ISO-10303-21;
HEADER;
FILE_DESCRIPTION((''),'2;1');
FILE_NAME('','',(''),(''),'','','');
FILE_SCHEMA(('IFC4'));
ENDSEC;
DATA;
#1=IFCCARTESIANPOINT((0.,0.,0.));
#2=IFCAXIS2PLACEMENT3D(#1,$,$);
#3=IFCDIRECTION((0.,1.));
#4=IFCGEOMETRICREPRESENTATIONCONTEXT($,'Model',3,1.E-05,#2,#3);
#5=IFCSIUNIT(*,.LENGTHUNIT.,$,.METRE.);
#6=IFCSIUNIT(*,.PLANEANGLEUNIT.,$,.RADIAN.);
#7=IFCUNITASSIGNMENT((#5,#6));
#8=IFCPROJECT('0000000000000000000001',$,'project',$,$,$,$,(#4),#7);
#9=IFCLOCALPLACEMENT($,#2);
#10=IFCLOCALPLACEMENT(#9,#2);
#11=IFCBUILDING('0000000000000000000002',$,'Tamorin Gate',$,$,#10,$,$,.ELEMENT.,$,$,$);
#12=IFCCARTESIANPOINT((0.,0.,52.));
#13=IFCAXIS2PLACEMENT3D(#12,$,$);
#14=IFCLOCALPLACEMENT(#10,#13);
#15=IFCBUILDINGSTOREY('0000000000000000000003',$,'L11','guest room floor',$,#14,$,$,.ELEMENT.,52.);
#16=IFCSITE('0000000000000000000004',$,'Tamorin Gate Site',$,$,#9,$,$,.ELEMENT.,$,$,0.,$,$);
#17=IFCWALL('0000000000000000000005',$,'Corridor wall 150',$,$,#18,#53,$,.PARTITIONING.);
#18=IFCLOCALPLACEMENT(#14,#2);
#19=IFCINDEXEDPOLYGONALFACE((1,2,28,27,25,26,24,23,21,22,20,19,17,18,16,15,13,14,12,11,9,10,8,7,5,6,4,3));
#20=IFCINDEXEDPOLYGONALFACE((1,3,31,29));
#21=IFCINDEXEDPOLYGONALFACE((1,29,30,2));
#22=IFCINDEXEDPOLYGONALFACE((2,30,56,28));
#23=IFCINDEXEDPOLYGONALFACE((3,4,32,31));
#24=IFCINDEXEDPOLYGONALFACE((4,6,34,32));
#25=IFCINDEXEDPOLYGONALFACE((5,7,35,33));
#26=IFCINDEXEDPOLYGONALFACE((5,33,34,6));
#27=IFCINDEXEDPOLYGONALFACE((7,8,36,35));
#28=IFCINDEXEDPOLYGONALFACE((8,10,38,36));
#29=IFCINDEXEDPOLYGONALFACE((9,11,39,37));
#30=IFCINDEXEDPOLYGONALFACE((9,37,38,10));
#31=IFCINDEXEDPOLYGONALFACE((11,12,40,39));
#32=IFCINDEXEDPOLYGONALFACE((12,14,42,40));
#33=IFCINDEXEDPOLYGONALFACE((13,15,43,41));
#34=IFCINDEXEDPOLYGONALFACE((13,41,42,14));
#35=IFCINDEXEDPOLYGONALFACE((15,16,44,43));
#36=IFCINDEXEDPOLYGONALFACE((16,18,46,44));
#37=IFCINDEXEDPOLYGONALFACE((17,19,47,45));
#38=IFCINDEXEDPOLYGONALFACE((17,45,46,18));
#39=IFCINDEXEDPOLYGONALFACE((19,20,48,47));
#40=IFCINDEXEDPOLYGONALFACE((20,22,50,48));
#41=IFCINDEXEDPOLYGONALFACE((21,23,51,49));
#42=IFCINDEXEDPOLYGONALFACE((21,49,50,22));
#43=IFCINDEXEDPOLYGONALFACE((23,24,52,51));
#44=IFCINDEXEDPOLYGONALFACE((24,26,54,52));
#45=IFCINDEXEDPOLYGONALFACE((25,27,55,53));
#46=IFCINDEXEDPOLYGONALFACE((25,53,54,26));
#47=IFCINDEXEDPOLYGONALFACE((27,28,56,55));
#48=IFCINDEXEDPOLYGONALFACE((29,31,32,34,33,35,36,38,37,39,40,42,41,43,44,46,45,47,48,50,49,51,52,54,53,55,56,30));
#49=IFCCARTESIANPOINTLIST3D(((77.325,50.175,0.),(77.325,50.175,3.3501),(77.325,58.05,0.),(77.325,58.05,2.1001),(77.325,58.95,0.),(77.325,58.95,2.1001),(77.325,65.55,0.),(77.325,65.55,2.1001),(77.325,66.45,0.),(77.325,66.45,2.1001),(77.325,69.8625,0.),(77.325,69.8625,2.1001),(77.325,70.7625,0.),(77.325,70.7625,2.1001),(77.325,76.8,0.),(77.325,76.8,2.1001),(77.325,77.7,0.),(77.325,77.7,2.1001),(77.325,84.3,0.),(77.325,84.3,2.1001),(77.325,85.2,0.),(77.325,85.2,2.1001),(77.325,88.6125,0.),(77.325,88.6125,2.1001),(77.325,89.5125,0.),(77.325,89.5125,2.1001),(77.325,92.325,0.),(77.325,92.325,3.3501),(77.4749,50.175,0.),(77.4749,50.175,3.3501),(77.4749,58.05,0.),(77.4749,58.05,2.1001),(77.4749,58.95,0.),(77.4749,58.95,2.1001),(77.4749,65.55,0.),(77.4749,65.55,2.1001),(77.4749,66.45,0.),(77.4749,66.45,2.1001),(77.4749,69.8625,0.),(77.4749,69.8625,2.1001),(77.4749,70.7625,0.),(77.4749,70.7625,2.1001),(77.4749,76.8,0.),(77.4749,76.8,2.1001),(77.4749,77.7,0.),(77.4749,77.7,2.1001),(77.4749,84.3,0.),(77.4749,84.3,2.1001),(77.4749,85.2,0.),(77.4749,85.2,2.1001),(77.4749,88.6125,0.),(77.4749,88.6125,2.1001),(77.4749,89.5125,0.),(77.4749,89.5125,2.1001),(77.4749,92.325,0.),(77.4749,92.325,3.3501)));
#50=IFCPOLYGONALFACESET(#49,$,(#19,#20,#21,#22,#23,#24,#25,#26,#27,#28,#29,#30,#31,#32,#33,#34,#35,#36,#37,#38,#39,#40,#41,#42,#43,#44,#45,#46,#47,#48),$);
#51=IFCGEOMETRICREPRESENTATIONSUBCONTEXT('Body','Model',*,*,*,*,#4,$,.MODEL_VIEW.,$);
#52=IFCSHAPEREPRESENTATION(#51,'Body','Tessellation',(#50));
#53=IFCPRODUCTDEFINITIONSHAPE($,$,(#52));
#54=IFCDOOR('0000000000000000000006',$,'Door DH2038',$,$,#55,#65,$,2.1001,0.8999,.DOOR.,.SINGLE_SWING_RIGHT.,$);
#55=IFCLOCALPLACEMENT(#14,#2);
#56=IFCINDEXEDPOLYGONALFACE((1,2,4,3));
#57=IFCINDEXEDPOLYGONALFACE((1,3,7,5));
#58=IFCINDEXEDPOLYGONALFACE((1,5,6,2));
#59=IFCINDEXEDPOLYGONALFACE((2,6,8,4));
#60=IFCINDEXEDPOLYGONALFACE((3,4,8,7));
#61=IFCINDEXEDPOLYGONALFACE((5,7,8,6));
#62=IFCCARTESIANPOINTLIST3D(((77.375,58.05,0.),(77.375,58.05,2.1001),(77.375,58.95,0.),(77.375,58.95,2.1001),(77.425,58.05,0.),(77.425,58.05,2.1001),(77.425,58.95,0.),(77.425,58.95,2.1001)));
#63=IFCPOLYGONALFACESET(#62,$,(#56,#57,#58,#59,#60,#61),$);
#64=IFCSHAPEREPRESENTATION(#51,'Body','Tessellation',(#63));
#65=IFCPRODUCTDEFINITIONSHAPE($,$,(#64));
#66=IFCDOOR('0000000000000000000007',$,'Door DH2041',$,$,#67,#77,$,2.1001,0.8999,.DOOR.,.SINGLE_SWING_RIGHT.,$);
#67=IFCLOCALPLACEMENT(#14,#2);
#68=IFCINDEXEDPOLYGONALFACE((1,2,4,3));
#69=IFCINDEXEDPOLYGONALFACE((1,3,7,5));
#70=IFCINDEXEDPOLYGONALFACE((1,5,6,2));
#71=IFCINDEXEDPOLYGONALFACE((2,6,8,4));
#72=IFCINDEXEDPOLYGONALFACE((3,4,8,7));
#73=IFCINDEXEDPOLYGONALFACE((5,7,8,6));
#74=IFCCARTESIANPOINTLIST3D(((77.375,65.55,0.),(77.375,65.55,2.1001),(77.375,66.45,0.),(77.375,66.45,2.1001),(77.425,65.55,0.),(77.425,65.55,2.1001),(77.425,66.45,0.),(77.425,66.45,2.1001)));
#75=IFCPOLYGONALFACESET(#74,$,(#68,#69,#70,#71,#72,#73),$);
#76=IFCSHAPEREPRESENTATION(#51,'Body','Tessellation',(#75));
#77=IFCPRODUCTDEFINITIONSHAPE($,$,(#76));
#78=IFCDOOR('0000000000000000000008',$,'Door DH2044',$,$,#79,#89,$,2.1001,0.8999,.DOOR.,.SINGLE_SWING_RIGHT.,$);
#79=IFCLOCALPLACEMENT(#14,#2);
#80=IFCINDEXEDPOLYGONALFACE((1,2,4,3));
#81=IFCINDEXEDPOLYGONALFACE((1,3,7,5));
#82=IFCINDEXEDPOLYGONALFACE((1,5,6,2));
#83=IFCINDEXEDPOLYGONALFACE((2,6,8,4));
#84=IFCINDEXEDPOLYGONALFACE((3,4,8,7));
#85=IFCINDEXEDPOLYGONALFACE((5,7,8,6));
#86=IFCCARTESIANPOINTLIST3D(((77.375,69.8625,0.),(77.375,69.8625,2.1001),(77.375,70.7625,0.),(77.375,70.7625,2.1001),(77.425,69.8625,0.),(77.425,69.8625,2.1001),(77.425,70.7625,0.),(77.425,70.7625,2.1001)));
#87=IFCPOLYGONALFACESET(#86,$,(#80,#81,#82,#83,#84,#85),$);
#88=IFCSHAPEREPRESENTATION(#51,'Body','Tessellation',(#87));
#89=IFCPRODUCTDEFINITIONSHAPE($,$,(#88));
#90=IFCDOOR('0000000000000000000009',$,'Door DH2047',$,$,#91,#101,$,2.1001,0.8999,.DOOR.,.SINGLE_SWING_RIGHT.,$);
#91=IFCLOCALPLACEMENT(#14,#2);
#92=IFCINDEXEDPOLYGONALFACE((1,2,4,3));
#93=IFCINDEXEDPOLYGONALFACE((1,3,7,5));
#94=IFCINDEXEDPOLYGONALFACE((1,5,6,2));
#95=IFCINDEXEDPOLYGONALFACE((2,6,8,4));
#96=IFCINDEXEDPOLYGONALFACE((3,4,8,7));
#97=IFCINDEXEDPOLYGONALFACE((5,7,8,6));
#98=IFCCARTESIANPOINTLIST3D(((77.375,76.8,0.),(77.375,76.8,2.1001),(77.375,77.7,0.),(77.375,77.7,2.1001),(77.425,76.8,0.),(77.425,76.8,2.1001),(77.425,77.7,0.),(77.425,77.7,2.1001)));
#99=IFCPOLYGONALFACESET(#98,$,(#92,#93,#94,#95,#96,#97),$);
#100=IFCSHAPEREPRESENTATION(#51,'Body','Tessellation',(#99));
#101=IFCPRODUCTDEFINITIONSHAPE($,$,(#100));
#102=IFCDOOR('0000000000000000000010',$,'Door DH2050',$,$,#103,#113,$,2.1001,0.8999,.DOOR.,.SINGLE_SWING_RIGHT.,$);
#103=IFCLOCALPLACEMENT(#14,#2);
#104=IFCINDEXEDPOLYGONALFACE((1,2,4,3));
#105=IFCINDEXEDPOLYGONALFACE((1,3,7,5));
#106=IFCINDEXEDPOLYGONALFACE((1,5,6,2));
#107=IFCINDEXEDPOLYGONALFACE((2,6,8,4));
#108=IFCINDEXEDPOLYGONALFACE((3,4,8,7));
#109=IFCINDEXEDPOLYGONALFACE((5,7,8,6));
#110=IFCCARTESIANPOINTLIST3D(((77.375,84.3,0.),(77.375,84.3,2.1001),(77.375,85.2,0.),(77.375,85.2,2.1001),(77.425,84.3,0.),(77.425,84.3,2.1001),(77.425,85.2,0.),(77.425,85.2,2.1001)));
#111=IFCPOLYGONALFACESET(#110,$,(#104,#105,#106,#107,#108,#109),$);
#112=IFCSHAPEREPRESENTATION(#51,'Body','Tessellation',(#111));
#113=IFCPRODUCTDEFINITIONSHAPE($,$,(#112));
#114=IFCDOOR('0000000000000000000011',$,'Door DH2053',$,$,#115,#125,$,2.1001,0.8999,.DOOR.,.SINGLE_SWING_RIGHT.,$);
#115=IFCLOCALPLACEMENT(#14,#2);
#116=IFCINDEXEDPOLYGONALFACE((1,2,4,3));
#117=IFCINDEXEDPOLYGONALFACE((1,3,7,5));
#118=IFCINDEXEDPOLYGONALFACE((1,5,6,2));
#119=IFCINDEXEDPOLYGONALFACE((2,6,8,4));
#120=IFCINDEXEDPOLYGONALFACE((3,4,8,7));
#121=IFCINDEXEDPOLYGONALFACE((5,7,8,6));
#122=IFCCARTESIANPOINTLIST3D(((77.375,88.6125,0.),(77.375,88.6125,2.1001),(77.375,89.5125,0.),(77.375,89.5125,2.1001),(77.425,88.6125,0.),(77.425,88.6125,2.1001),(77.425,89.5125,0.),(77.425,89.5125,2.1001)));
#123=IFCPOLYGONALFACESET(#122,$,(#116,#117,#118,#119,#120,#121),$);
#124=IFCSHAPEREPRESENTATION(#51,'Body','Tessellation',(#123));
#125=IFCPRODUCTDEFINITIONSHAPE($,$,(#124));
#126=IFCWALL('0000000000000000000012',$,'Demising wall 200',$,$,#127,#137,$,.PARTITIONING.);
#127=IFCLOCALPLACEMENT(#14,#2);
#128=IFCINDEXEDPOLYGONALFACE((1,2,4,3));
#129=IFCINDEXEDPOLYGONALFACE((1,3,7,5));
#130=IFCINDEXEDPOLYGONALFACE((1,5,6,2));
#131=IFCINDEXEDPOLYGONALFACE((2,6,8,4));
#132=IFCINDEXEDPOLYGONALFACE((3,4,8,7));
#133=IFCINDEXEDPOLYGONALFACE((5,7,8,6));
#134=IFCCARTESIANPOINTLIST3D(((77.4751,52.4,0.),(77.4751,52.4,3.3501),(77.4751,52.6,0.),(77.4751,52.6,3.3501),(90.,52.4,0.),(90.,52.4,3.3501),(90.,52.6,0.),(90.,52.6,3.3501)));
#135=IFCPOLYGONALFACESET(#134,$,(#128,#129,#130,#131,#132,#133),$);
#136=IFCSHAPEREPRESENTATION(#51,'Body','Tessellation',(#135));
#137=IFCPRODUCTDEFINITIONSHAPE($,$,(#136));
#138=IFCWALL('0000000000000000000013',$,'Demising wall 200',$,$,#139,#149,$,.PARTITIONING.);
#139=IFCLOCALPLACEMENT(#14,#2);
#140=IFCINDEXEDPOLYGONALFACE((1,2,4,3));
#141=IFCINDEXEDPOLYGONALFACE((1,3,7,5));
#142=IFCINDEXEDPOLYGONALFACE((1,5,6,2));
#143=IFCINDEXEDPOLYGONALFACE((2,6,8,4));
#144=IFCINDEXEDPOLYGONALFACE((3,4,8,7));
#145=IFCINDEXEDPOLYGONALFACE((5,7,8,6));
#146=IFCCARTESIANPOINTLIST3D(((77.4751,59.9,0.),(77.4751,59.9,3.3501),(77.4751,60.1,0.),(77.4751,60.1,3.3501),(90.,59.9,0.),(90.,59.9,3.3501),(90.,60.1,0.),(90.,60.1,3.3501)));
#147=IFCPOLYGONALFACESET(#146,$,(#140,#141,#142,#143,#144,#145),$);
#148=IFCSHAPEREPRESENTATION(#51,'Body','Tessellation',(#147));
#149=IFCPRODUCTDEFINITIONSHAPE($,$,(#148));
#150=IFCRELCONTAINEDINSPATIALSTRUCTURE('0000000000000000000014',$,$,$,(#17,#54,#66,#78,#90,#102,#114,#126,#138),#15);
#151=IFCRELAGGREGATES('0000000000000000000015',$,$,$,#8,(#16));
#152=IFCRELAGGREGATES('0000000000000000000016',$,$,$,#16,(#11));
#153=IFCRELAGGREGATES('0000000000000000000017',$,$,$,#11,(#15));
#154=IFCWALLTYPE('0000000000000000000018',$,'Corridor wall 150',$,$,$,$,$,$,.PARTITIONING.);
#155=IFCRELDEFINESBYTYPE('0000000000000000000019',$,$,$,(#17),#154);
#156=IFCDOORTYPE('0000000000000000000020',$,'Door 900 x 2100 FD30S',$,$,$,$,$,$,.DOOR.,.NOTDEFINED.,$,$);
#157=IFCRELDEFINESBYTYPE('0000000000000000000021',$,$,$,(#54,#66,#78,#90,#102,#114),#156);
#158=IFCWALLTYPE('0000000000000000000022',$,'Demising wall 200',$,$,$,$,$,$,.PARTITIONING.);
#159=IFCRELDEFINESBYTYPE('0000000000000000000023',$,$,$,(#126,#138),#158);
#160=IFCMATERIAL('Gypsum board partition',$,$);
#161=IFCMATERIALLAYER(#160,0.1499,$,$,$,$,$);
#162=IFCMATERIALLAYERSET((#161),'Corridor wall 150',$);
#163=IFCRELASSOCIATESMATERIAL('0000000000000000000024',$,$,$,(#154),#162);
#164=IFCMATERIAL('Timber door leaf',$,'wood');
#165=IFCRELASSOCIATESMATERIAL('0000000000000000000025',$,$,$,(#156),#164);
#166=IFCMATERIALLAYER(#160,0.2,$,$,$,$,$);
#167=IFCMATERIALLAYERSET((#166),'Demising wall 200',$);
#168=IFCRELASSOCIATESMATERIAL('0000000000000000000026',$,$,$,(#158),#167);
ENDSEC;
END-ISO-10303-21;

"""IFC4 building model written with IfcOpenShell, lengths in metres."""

from ifc_helpers import new_model, si_unit, direction, frame, frame_2d, origin, place, context, subcontext, project, spatial, rectangle, extrude, material, layer, layer_set, type_object, element, fill, save


model = new_model("IFC4")

# Units and contexts
model_context = context("Model", 3, precision=1e-05, world=origin(), true_north=direction((0.0, 1.0)))
body_context = subcontext(model_context, "Body", "Model", "MODEL_VIEW")
ifc_project = project(units=[si_unit("LENGTHUNIT", "METRE"), si_unit("PLANEANGLEUNIT", "RADIAN")], contexts=[model_context])

# Site, building, storey
site_placement = place(None, origin())
site = spatial("IfcSite", under=ifc_project, at=site_placement, Name="Tamorin Gate Site", CompositionType="ELEMENT", RefElevation=0.0)
building_placement = place(site_placement, origin())
building = spatial("IfcBuilding", under=site, at=building_placement, Name="Tamorin Gate", CompositionType="ELEMENT")
storey_placement = place(building_placement, frame((0.0, 0.0, 52.0)))
storey = spatial("IfcBuildingStorey", under=building, at=storey_placement, Name="L11", Description="guest room floor", CompositionType="ELEMENT", Elevation=52.0)

# Shared definitions
ifc_material_1 = material(Name="Gypsum board partition")
ifc_layer_1 = layer(ifc_material_1, 0.1499)
ifc_layer_set_1 = layer_set([ifc_layer_1], Name="Corridor wall 150")
wall_type_1 = type_object("IfcWallType", Name="Corridor wall 150", PredefinedType="PARTITIONING", material=ifc_layer_set_1)
ifc_material_2 = material(Name="Timber door leaf", Category="wood")
door_type_1 = type_object("IfcDoorType", Name="Door 900 x 2100 FD30S", OperationType="NOTDEFINED", PredefinedType="DOOR", material=ifc_material_2)

# Wall, openings, doors
wall_1_placement = place(storey_placement, frame((77.3999, 50.175, 0.0), z_axis=(0.0, 0.0, 1.0), x_axis=(0.0, 1.0, 0.0)))
wall_1 = element("IfcWall", 1, at=wall_1_placement, inside=storey, type_object=wall_type_1, Name="Corridor wall 150", PredefinedType="PARTITIONING", context=body_context, shape_type="SweptSolid", body=[
    extrude(rectangle(XDim=42.1499, YDim=0.1499, at=frame_2d((21.075, 0.0))), origin(), (0.0, 0.0, 1.0), 3.3501),
])
opening_1_placement = place(wall_1_placement, frame((7.875, 0.0, 0.0)))
opening_1 = element("IfcOpeningElement", 2, at=opening_1_placement, cuts=wall_1, PredefinedType="OPENING", context=body_context, shape_type="SweptSolid", body=[
    extrude(rectangle(XDim=0.8999, YDim=2.1001, at=frame_2d((0.45, 1.05))), frame((0.0, 0.085, 0.0), z_axis=(0.0, -1.0, 0.0), x_axis=(1.0, 0.0, 0.0)), (0.0, 0.0, 1.0), 0.1699),
])
opening_2_placement = place(wall_1_placement, frame((15.375, 0.0, 0.0)))
opening_2 = element("IfcOpeningElement", 3, at=opening_2_placement, cuts=wall_1, PredefinedType="OPENING", context=body_context, shape_type="SweptSolid", body=[
    extrude(rectangle(XDim=0.8999, YDim=2.1001, at=frame_2d((0.45, 1.05))), frame((0.0, 0.085, 0.0), z_axis=(0.0, -1.0, 0.0), x_axis=(1.0, 0.0, 0.0)), (0.0, 0.0, 1.0), 0.1699),
])
opening_3_placement = place(wall_1_placement, frame((19.6875, 0.0, 0.0)))
opening_3 = element("IfcOpeningElement", 4, at=opening_3_placement, cuts=wall_1, PredefinedType="OPENING", context=body_context, shape_type="SweptSolid", body=[
    extrude(rectangle(XDim=0.8999, YDim=2.1001, at=frame_2d((0.45, 1.05))), frame((0.0, 0.085, 0.0), z_axis=(0.0, -1.0, 0.0), x_axis=(1.0, 0.0, 0.0)), (0.0, 0.0, 1.0), 0.1699),
])
opening_4_placement = place(wall_1_placement, frame((26.625, 0.0, 0.0)))
opening_4 = element("IfcOpeningElement", 5, at=opening_4_placement, cuts=wall_1, PredefinedType="OPENING", context=body_context, shape_type="SweptSolid", body=[
    extrude(rectangle(XDim=0.8999, YDim=2.1001, at=frame_2d((0.45, 1.05))), frame((0.0, 0.085, 0.0), z_axis=(0.0, -1.0, 0.0), x_axis=(1.0, 0.0, 0.0)), (0.0, 0.0, 1.0), 0.1699),
])
opening_5_placement = place(wall_1_placement, frame((34.125, 0.0, 0.0)))
opening_5 = element("IfcOpeningElement", 6, at=opening_5_placement, cuts=wall_1, PredefinedType="OPENING", context=body_context, shape_type="SweptSolid", body=[
    extrude(rectangle(XDim=0.8999, YDim=2.1001, at=frame_2d((0.45, 1.05))), frame((0.0, 0.085, 0.0), z_axis=(0.0, -1.0, 0.0), x_axis=(1.0, 0.0, 0.0)), (0.0, 0.0, 1.0), 0.1699),
])
opening_6_placement = place(wall_1_placement, frame((38.4375, 0.0, 0.0)))
opening_6 = element("IfcOpeningElement", 7, at=opening_6_placement, cuts=wall_1, PredefinedType="OPENING", context=body_context, shape_type="SweptSolid", body=[
    extrude(rectangle(XDim=0.8999, YDim=2.1001, at=frame_2d((0.45, 1.05))), frame((0.0, 0.085, 0.0), z_axis=(0.0, -1.0, 0.0), x_axis=(1.0, 0.0, 0.0)), (0.0, 0.0, 1.0), 0.1699),
])
door_1_placement = place(opening_1_placement, origin())
door_1 = element("IfcDoor", 8, at=door_1_placement, inside=storey, type_object=door_type_1, Name="Door DH2038", OperationType="SINGLE_SWING_RIGHT", OverallHeight=2.1001, OverallWidth=0.8999, PredefinedType="DOOR", context=body_context, shape_type="SweptSolid", body=[
    extrude(rectangle(XDim=0.8999, YDim=2.1001, at=frame_2d((0.45, 1.05))), frame((0.0, 0.0249, 0.0), z_axis=(0.0, -1.0, 0.0), x_axis=(1.0, 0.0, 0.0)), (0.0, 0.0, 1.0), 0.05),
])
fill(opening_1, door_1)
door_2_placement = place(opening_2_placement, origin())
door_2 = element("IfcDoor", 9, at=door_2_placement, inside=storey, type_object=door_type_1, Name="Door DH2041", OperationType="SINGLE_SWING_RIGHT", OverallHeight=2.1001, OverallWidth=0.8999, PredefinedType="DOOR", context=body_context, shape_type="SweptSolid", body=[
    extrude(rectangle(XDim=0.8999, YDim=2.1001, at=frame_2d((0.45, 1.05))), frame((0.0, 0.0249, 0.0), z_axis=(0.0, -1.0, 0.0), x_axis=(1.0, 0.0, 0.0)), (0.0, 0.0, 1.0), 0.05),
])
fill(opening_2, door_2)
door_3_placement = place(opening_3_placement, origin())
door_3 = element("IfcDoor", 10, at=door_3_placement, inside=storey, type_object=door_type_1, Name="Door DH2044", OperationType="SINGLE_SWING_RIGHT", OverallHeight=2.1001, OverallWidth=0.8999, PredefinedType="DOOR", context=body_context, shape_type="SweptSolid", body=[
    extrude(rectangle(XDim=0.8999, YDim=2.1001, at=frame_2d((0.45, 1.05))), frame((0.0, 0.0249, 0.0), z_axis=(0.0, -1.0, 0.0), x_axis=(1.0, 0.0, 0.0)), (0.0, 0.0, 1.0), 0.05),
])
fill(opening_3, door_3)
door_4_placement = place(opening_4_placement, origin())
door_4 = element("IfcDoor", 11, at=door_4_placement, inside=storey, type_object=door_type_1, Name="Door DH2047", OperationType="SINGLE_SWING_RIGHT", OverallHeight=2.1001, OverallWidth=0.8999, PredefinedType="DOOR", context=body_context, shape_type="SweptSolid", body=[
    extrude(rectangle(XDim=0.8999, YDim=2.1001, at=frame_2d((0.45, 1.05))), frame((0.0, 0.0249, 0.0), z_axis=(0.0, -1.0, 0.0), x_axis=(1.0, 0.0, 0.0)), (0.0, 0.0, 1.0), 0.05),
])
fill(opening_4, door_4)
door_5_placement = place(opening_5_placement, origin())
door_5 = element("IfcDoor", 12, at=door_5_placement, inside=storey, type_object=door_type_1, Name="Door DH2050", OperationType="SINGLE_SWING_RIGHT", OverallHeight=2.1001, OverallWidth=0.8999, PredefinedType="DOOR", context=body_context, shape_type="SweptSolid", body=[
    extrude(rectangle(XDim=0.8999, YDim=2.1001, at=frame_2d((0.45, 1.05))), frame((0.0, 0.0249, 0.0), z_axis=(0.0, -1.0, 0.0), x_axis=(1.0, 0.0, 0.0)), (0.0, 0.0, 1.0), 0.05),
])
fill(opening_5, door_5)
door_6_placement = place(opening_6_placement, origin())
door_6 = element("IfcDoor", 13, at=door_6_placement, inside=storey, type_object=door_type_1, Name="Door DH2053", OperationType="SINGLE_SWING_RIGHT", OverallHeight=2.1001, OverallWidth=0.8999, PredefinedType="DOOR", context=body_context, shape_type="SweptSolid", body=[
    extrude(rectangle(XDim=0.8999, YDim=2.1001, at=frame_2d((0.45, 1.05))), frame((0.0, 0.0249, 0.0), z_axis=(0.0, -1.0, 0.0), x_axis=(1.0, 0.0, 0.0)), (0.0, 0.0, 1.0), 0.05),
])
fill(opening_6, door_6)

# Walls
ifc_layer_2 = layer(ifc_material_1, 0.2)
ifc_layer_set_2 = layer_set([ifc_layer_2], Name="Demising wall 200")
wall_type_2 = type_object("IfcWallType", Name="Demising wall 200", PredefinedType="PARTITIONING", material=ifc_layer_set_2)
for number, where, z_axis, x_axis, name in (
    (14, (77.4751, 52.5, 0.0), (0.0, 0.0, 1.0), (1.0, 0.0, 0.0), "Demising wall 200"),
    (15, (77.4751, 60.0, 0.0), (0.0, 0.0, 1.0), (1.0, 0.0, 0.0), "Demising wall 200"),
):
    element("IfcWall", number, at=place(storey_placement, frame(where, z_axis=z_axis, x_axis=x_axis)), inside=storey, type_object=wall_type_2, Name=name, PredefinedType="PARTITIONING", context=body_context, shape_type="SweptSolid", body=[
        extrude(rectangle(XDim=12.5249, YDim=0.2, at=frame_2d((6.2625, 0.0))), origin(), (0.0, 0.0, 1.0), 3.3501),
    ])

save(model, "model.ifc")
